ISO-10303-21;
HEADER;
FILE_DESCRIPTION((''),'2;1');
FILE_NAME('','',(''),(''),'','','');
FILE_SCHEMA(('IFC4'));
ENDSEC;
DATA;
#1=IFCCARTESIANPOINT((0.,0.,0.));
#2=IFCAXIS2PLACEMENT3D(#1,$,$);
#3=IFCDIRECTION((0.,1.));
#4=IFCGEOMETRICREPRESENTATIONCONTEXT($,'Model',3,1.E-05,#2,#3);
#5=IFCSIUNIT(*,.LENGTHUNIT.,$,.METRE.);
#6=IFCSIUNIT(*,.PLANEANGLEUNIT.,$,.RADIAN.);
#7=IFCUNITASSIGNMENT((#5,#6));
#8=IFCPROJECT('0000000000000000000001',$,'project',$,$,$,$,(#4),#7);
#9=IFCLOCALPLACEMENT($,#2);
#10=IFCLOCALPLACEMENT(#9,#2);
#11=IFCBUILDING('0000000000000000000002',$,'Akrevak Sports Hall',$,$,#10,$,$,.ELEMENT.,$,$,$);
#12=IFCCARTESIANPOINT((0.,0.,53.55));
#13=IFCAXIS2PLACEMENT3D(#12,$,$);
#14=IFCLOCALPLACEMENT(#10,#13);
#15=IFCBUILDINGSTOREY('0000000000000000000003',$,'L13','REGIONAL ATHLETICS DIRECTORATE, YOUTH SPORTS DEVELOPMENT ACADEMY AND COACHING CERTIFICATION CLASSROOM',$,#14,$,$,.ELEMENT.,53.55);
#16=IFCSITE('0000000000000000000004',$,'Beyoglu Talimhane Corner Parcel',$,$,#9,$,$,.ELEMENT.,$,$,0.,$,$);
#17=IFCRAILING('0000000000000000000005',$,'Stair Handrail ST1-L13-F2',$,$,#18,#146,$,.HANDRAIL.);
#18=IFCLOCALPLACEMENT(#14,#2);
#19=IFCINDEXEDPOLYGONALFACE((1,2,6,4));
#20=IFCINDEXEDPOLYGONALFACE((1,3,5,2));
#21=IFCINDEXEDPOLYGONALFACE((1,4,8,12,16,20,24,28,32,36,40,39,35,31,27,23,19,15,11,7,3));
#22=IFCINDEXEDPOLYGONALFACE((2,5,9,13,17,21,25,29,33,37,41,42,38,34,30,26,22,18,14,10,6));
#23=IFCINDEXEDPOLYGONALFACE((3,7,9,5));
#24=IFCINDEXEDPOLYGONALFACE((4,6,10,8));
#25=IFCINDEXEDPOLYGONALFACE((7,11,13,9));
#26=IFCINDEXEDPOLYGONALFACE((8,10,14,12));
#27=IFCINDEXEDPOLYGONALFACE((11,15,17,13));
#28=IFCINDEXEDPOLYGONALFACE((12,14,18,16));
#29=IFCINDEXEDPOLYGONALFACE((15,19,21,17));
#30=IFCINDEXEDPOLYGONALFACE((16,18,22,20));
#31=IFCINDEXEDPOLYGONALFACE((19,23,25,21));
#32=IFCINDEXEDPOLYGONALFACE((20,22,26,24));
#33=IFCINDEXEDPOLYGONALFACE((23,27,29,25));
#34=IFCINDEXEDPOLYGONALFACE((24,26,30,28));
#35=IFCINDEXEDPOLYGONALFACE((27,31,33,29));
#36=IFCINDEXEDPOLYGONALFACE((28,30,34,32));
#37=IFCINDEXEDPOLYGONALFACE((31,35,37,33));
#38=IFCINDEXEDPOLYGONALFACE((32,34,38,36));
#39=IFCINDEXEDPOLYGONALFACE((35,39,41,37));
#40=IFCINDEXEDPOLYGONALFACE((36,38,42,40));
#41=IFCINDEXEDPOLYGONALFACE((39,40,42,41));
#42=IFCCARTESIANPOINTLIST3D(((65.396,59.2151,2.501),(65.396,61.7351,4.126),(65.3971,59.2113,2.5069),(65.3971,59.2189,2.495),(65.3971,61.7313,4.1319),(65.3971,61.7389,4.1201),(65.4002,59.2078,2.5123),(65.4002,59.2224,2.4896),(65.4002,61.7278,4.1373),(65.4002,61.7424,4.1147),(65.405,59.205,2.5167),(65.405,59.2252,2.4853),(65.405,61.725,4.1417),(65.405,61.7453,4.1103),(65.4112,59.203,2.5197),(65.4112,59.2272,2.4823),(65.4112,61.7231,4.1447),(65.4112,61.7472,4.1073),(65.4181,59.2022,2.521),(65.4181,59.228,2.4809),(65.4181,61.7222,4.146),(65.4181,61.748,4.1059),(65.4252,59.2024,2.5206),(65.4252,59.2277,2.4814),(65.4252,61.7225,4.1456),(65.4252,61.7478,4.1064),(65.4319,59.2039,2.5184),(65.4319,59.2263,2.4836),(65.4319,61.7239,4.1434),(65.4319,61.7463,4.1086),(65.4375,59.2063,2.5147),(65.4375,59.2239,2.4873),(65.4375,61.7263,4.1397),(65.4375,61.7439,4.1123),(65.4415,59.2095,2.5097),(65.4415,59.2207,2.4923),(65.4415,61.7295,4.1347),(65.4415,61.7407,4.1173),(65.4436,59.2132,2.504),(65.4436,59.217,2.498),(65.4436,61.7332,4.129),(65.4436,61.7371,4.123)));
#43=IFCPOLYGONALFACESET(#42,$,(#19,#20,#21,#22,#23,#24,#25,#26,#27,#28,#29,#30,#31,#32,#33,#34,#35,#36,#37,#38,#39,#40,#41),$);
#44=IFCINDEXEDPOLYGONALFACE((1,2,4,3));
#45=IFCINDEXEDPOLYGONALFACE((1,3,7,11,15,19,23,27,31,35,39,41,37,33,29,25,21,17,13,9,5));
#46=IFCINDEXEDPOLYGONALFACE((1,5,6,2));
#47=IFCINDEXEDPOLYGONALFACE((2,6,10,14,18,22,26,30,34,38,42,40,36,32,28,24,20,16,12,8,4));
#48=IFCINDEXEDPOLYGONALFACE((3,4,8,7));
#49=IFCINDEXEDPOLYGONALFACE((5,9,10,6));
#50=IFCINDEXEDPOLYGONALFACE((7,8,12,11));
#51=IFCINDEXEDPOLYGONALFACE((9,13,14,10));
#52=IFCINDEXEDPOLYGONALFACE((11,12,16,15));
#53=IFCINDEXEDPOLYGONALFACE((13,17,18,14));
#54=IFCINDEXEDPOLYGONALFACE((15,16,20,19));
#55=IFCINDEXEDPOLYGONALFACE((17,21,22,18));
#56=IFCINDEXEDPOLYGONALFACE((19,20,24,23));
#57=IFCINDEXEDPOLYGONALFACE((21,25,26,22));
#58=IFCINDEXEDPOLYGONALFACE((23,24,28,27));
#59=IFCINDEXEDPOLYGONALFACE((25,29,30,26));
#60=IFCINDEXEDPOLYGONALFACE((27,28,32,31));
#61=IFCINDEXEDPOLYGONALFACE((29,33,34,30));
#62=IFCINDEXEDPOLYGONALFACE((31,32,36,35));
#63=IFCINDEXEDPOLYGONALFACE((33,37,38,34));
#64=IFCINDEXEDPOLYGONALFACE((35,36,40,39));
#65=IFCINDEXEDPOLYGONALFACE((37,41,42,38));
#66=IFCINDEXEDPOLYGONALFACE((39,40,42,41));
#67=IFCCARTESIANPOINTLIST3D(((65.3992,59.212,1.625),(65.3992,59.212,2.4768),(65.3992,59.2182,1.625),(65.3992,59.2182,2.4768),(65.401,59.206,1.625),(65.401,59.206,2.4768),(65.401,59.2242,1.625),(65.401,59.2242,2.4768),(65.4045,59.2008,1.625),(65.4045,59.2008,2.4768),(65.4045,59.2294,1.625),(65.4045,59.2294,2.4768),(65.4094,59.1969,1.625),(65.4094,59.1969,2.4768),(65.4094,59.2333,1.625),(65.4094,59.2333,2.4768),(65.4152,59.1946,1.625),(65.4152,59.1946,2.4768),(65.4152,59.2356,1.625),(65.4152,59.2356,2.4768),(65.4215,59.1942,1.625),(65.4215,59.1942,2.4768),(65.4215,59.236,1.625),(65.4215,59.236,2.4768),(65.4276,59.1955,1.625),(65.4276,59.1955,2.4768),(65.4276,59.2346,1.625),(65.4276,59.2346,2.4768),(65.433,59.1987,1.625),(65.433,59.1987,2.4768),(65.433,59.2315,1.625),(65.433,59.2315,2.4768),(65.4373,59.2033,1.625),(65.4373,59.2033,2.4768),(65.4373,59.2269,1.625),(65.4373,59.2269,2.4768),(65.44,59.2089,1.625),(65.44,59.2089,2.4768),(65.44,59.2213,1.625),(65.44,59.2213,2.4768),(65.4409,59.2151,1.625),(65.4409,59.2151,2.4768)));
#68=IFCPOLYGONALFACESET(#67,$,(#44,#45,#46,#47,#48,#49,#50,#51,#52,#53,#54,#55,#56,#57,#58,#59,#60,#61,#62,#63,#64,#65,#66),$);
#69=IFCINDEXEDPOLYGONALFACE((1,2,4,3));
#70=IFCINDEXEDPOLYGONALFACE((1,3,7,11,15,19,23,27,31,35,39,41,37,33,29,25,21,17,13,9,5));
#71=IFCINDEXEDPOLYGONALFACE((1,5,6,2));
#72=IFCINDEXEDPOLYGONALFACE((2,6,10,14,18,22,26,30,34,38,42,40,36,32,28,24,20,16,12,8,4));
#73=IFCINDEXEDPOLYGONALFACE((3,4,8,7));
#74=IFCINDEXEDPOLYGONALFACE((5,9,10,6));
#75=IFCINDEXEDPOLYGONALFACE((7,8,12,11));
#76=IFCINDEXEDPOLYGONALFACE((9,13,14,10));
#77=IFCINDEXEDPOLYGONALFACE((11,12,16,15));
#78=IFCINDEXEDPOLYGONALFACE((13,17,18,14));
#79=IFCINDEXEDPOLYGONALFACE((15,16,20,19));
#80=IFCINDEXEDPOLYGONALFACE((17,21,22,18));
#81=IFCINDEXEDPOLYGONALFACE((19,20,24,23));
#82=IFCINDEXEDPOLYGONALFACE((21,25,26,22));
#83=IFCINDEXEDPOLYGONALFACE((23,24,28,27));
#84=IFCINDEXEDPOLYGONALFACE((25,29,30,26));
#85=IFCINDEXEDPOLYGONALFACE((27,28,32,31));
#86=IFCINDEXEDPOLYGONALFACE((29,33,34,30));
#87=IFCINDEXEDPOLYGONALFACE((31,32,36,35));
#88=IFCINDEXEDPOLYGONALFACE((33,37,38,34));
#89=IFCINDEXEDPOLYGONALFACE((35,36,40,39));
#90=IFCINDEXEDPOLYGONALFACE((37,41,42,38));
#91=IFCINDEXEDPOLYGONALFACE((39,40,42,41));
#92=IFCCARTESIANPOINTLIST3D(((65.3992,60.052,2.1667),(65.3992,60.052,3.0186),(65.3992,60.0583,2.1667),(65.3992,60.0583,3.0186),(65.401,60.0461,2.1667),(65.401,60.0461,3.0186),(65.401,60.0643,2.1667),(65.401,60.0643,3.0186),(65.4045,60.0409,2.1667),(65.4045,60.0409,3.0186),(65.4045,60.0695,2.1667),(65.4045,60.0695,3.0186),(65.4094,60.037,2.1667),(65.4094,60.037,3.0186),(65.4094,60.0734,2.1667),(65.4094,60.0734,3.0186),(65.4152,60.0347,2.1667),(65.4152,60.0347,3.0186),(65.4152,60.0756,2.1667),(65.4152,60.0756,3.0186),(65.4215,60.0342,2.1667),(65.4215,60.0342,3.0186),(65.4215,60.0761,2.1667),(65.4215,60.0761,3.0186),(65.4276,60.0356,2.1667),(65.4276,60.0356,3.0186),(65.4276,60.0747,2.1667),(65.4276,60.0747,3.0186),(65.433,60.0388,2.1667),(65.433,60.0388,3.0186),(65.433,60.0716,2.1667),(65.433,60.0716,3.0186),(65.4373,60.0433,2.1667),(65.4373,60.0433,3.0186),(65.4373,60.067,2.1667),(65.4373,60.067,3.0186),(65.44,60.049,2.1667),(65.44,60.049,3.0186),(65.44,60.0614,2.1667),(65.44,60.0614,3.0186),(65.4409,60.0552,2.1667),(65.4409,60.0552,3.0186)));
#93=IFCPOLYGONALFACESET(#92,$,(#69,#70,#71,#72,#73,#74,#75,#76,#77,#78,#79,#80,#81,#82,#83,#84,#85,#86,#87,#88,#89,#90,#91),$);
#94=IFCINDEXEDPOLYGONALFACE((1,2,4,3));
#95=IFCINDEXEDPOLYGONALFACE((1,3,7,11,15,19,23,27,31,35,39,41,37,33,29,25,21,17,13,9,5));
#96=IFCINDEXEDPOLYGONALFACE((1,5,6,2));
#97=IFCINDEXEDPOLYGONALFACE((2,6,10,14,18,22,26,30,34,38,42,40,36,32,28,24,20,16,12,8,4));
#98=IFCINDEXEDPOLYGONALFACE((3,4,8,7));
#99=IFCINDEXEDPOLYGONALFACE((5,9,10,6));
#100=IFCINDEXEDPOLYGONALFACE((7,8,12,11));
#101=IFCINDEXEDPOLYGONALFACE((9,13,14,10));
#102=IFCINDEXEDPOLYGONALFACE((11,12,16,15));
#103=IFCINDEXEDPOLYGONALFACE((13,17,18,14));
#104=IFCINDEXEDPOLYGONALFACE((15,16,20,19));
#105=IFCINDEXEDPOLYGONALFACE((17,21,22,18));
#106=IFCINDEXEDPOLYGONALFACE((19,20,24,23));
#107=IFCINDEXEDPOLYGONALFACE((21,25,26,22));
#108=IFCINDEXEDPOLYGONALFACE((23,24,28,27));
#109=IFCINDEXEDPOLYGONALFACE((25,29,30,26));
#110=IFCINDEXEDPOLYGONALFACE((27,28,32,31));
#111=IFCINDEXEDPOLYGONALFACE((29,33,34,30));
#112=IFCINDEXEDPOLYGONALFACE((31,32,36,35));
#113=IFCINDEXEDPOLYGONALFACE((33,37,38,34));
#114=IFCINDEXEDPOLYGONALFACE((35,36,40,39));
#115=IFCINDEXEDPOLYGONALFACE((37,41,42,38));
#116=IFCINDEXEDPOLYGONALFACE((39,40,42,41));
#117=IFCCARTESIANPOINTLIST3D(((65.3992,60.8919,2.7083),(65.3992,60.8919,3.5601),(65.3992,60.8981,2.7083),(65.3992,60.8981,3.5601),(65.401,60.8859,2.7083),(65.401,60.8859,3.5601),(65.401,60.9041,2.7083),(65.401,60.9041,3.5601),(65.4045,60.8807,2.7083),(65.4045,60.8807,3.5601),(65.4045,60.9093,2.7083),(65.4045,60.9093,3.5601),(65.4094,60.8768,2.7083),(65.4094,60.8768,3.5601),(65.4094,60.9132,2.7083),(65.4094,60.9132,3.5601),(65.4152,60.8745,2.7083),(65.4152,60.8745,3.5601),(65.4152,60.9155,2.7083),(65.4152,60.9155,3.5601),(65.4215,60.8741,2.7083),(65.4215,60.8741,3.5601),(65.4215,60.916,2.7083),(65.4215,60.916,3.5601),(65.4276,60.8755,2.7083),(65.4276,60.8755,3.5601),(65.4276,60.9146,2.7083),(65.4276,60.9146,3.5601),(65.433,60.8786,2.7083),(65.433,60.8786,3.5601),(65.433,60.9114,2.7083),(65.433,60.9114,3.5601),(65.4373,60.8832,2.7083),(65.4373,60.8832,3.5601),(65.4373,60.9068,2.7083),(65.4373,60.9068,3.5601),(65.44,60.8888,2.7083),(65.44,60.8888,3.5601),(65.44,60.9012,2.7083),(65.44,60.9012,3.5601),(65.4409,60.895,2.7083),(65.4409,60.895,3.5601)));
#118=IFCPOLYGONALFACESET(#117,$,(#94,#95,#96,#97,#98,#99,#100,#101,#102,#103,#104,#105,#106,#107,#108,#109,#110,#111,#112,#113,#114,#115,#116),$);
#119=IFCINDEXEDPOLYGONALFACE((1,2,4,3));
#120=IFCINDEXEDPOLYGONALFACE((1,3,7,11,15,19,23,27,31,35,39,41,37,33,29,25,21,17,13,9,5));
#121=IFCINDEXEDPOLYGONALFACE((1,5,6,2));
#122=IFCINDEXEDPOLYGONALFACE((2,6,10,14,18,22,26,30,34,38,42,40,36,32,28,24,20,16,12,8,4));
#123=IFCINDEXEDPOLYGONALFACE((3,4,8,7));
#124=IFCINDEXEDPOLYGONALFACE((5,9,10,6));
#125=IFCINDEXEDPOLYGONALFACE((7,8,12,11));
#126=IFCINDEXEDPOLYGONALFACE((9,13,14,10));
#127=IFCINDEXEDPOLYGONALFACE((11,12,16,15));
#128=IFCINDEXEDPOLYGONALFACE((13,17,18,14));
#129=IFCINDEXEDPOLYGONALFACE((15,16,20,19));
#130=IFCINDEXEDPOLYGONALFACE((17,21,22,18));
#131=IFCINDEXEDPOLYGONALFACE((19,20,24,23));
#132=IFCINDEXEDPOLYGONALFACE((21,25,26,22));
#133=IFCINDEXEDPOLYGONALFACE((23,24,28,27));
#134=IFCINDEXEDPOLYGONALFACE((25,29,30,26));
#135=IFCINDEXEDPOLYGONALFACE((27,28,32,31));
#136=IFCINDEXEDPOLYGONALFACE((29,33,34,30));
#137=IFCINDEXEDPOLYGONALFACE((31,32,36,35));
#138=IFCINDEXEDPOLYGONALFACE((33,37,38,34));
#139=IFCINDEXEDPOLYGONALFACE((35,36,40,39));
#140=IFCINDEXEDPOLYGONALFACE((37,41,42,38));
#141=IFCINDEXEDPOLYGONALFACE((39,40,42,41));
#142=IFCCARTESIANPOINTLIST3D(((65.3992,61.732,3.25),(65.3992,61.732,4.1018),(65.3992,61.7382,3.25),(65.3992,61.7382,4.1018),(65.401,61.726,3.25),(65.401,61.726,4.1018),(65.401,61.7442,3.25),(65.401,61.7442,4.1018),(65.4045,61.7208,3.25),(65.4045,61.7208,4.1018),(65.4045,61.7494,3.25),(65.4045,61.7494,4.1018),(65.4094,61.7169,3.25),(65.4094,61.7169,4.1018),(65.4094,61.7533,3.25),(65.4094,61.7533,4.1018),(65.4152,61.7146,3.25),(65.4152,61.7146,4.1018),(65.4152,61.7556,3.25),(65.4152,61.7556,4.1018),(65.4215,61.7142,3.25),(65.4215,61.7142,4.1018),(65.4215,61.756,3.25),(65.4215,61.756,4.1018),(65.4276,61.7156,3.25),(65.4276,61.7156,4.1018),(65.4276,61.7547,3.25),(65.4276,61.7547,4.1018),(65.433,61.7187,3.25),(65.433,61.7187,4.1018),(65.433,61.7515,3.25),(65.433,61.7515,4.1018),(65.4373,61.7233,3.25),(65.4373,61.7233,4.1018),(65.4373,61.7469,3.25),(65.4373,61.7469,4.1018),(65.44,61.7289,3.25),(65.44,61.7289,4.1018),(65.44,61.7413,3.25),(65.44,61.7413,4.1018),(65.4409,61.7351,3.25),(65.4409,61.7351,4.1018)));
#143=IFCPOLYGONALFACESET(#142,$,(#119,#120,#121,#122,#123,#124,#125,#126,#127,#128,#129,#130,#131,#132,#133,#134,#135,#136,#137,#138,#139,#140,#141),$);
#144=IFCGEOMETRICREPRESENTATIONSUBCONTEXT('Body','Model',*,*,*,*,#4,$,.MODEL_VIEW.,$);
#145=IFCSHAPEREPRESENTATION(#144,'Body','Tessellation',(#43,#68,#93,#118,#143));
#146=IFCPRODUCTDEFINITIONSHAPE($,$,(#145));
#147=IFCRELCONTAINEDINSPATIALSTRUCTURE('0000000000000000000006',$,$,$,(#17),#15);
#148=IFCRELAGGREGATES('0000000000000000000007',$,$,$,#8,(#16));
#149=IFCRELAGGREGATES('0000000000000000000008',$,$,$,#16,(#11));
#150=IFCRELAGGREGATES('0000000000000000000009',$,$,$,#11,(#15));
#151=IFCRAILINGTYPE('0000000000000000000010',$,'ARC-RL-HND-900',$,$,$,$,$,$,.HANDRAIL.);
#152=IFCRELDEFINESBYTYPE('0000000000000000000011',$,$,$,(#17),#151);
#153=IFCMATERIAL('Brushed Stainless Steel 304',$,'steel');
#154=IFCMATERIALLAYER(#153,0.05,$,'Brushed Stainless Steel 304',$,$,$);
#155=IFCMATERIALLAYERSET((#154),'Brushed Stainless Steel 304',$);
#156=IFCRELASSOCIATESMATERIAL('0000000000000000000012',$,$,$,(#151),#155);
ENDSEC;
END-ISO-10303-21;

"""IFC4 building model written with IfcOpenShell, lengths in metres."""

from ifc_helpers import new_model, si_unit, direction, frame, origin, origin_2d, place, context, subcontext, project, spatial, circle, extrude, material, layer, layer_set, type_object, element, save


model = new_model("IFC4")

# Units and contexts
model_context = context("Model", 3, precision=1e-05, world=origin(), true_north=direction((0.0, 1.0)))
body_context = subcontext(model_context, "Body", "Model", "MODEL_VIEW")
ifc_project = project(units=[si_unit("LENGTHUNIT", "METRE"), si_unit("PLANEANGLEUNIT", "RADIAN")], contexts=[model_context])

# Site, building, storey
site_placement = place(None, origin())
site = spatial("IfcSite", under=ifc_project, at=site_placement, Name="Beyoglu Talimhane Corner Parcel", CompositionType="ELEMENT", RefElevation=0.0)
building_placement = place(site_placement, origin())
building = spatial("IfcBuilding", under=site, at=building_placement, Name="Akrevak Sports Hall", CompositionType="ELEMENT")
storey_placement = place(building_placement, frame((0.0, 0.0, 53.55)))
storey = spatial("IfcBuildingStorey", under=building, at=storey_placement, Name="L13", Description="REGIONAL ATHLETICS DIRECTORATE, YOUTH SPORTS DEVELOPMENT ACADEMY AND COACHING CERTIFICATION CLASSROOM", CompositionType="ELEMENT", Elevation=53.55)

# Railing
ifc_material_1 = material(Name="Brushed Stainless Steel 304", Category="steel")
ifc_layer_1 = layer(ifc_material_1, 0.05, Name="Brushed Stainless Steel 304")
ifc_layer_set_1 = layer_set([ifc_layer_1], Name="Brushed Stainless Steel 304")
railing_type_1 = type_object("IfcRailingType", Name="ARC-RL-HND-900", PredefinedType="HANDRAIL", material=ifc_layer_set_1)
railing_1_placement = place(storey_placement, frame((65.4199, 59.2151, 1.625)))
element("IfcRailing", 1, at=railing_1_placement, inside=storey, type_object=railing_type_1, Name="Stair Handrail ST1-L13-F2", PredefinedType="HANDRAIL", context=body_context, shape_type="SweptSolid", body=[
    extrude(circle(Radius=0.0239, at=origin_2d()), frame((0.0, 0.0, 0.876), z_axis=(0.0, 0.840421, 0.541934), x_axis=(-1.0, 0.0, 0.0)), (0.0, 0.0, 1.0), 2.9985),
    extrude(circle(Radius=0.021, at=origin_2d()), origin(), (0.0, 0.0, 1.0), 0.8518),
    extrude(circle(Radius=0.021, at=origin_2d()), frame((0.0, 0.8401, 0.5417)), (0.0, 0.0, 1.0), 0.8518),
    extrude(circle(Radius=0.021, at=origin_2d()), frame((0.0, 1.6799, 1.0833)), (0.0, 0.0, 1.0), 0.8518),
    extrude(circle(Radius=0.021, at=origin_2d()), frame((0.0, 2.52, 1.625)), (0.0, 0.0, 1.0), 0.8518),
])

save(model, "model.ifc")
